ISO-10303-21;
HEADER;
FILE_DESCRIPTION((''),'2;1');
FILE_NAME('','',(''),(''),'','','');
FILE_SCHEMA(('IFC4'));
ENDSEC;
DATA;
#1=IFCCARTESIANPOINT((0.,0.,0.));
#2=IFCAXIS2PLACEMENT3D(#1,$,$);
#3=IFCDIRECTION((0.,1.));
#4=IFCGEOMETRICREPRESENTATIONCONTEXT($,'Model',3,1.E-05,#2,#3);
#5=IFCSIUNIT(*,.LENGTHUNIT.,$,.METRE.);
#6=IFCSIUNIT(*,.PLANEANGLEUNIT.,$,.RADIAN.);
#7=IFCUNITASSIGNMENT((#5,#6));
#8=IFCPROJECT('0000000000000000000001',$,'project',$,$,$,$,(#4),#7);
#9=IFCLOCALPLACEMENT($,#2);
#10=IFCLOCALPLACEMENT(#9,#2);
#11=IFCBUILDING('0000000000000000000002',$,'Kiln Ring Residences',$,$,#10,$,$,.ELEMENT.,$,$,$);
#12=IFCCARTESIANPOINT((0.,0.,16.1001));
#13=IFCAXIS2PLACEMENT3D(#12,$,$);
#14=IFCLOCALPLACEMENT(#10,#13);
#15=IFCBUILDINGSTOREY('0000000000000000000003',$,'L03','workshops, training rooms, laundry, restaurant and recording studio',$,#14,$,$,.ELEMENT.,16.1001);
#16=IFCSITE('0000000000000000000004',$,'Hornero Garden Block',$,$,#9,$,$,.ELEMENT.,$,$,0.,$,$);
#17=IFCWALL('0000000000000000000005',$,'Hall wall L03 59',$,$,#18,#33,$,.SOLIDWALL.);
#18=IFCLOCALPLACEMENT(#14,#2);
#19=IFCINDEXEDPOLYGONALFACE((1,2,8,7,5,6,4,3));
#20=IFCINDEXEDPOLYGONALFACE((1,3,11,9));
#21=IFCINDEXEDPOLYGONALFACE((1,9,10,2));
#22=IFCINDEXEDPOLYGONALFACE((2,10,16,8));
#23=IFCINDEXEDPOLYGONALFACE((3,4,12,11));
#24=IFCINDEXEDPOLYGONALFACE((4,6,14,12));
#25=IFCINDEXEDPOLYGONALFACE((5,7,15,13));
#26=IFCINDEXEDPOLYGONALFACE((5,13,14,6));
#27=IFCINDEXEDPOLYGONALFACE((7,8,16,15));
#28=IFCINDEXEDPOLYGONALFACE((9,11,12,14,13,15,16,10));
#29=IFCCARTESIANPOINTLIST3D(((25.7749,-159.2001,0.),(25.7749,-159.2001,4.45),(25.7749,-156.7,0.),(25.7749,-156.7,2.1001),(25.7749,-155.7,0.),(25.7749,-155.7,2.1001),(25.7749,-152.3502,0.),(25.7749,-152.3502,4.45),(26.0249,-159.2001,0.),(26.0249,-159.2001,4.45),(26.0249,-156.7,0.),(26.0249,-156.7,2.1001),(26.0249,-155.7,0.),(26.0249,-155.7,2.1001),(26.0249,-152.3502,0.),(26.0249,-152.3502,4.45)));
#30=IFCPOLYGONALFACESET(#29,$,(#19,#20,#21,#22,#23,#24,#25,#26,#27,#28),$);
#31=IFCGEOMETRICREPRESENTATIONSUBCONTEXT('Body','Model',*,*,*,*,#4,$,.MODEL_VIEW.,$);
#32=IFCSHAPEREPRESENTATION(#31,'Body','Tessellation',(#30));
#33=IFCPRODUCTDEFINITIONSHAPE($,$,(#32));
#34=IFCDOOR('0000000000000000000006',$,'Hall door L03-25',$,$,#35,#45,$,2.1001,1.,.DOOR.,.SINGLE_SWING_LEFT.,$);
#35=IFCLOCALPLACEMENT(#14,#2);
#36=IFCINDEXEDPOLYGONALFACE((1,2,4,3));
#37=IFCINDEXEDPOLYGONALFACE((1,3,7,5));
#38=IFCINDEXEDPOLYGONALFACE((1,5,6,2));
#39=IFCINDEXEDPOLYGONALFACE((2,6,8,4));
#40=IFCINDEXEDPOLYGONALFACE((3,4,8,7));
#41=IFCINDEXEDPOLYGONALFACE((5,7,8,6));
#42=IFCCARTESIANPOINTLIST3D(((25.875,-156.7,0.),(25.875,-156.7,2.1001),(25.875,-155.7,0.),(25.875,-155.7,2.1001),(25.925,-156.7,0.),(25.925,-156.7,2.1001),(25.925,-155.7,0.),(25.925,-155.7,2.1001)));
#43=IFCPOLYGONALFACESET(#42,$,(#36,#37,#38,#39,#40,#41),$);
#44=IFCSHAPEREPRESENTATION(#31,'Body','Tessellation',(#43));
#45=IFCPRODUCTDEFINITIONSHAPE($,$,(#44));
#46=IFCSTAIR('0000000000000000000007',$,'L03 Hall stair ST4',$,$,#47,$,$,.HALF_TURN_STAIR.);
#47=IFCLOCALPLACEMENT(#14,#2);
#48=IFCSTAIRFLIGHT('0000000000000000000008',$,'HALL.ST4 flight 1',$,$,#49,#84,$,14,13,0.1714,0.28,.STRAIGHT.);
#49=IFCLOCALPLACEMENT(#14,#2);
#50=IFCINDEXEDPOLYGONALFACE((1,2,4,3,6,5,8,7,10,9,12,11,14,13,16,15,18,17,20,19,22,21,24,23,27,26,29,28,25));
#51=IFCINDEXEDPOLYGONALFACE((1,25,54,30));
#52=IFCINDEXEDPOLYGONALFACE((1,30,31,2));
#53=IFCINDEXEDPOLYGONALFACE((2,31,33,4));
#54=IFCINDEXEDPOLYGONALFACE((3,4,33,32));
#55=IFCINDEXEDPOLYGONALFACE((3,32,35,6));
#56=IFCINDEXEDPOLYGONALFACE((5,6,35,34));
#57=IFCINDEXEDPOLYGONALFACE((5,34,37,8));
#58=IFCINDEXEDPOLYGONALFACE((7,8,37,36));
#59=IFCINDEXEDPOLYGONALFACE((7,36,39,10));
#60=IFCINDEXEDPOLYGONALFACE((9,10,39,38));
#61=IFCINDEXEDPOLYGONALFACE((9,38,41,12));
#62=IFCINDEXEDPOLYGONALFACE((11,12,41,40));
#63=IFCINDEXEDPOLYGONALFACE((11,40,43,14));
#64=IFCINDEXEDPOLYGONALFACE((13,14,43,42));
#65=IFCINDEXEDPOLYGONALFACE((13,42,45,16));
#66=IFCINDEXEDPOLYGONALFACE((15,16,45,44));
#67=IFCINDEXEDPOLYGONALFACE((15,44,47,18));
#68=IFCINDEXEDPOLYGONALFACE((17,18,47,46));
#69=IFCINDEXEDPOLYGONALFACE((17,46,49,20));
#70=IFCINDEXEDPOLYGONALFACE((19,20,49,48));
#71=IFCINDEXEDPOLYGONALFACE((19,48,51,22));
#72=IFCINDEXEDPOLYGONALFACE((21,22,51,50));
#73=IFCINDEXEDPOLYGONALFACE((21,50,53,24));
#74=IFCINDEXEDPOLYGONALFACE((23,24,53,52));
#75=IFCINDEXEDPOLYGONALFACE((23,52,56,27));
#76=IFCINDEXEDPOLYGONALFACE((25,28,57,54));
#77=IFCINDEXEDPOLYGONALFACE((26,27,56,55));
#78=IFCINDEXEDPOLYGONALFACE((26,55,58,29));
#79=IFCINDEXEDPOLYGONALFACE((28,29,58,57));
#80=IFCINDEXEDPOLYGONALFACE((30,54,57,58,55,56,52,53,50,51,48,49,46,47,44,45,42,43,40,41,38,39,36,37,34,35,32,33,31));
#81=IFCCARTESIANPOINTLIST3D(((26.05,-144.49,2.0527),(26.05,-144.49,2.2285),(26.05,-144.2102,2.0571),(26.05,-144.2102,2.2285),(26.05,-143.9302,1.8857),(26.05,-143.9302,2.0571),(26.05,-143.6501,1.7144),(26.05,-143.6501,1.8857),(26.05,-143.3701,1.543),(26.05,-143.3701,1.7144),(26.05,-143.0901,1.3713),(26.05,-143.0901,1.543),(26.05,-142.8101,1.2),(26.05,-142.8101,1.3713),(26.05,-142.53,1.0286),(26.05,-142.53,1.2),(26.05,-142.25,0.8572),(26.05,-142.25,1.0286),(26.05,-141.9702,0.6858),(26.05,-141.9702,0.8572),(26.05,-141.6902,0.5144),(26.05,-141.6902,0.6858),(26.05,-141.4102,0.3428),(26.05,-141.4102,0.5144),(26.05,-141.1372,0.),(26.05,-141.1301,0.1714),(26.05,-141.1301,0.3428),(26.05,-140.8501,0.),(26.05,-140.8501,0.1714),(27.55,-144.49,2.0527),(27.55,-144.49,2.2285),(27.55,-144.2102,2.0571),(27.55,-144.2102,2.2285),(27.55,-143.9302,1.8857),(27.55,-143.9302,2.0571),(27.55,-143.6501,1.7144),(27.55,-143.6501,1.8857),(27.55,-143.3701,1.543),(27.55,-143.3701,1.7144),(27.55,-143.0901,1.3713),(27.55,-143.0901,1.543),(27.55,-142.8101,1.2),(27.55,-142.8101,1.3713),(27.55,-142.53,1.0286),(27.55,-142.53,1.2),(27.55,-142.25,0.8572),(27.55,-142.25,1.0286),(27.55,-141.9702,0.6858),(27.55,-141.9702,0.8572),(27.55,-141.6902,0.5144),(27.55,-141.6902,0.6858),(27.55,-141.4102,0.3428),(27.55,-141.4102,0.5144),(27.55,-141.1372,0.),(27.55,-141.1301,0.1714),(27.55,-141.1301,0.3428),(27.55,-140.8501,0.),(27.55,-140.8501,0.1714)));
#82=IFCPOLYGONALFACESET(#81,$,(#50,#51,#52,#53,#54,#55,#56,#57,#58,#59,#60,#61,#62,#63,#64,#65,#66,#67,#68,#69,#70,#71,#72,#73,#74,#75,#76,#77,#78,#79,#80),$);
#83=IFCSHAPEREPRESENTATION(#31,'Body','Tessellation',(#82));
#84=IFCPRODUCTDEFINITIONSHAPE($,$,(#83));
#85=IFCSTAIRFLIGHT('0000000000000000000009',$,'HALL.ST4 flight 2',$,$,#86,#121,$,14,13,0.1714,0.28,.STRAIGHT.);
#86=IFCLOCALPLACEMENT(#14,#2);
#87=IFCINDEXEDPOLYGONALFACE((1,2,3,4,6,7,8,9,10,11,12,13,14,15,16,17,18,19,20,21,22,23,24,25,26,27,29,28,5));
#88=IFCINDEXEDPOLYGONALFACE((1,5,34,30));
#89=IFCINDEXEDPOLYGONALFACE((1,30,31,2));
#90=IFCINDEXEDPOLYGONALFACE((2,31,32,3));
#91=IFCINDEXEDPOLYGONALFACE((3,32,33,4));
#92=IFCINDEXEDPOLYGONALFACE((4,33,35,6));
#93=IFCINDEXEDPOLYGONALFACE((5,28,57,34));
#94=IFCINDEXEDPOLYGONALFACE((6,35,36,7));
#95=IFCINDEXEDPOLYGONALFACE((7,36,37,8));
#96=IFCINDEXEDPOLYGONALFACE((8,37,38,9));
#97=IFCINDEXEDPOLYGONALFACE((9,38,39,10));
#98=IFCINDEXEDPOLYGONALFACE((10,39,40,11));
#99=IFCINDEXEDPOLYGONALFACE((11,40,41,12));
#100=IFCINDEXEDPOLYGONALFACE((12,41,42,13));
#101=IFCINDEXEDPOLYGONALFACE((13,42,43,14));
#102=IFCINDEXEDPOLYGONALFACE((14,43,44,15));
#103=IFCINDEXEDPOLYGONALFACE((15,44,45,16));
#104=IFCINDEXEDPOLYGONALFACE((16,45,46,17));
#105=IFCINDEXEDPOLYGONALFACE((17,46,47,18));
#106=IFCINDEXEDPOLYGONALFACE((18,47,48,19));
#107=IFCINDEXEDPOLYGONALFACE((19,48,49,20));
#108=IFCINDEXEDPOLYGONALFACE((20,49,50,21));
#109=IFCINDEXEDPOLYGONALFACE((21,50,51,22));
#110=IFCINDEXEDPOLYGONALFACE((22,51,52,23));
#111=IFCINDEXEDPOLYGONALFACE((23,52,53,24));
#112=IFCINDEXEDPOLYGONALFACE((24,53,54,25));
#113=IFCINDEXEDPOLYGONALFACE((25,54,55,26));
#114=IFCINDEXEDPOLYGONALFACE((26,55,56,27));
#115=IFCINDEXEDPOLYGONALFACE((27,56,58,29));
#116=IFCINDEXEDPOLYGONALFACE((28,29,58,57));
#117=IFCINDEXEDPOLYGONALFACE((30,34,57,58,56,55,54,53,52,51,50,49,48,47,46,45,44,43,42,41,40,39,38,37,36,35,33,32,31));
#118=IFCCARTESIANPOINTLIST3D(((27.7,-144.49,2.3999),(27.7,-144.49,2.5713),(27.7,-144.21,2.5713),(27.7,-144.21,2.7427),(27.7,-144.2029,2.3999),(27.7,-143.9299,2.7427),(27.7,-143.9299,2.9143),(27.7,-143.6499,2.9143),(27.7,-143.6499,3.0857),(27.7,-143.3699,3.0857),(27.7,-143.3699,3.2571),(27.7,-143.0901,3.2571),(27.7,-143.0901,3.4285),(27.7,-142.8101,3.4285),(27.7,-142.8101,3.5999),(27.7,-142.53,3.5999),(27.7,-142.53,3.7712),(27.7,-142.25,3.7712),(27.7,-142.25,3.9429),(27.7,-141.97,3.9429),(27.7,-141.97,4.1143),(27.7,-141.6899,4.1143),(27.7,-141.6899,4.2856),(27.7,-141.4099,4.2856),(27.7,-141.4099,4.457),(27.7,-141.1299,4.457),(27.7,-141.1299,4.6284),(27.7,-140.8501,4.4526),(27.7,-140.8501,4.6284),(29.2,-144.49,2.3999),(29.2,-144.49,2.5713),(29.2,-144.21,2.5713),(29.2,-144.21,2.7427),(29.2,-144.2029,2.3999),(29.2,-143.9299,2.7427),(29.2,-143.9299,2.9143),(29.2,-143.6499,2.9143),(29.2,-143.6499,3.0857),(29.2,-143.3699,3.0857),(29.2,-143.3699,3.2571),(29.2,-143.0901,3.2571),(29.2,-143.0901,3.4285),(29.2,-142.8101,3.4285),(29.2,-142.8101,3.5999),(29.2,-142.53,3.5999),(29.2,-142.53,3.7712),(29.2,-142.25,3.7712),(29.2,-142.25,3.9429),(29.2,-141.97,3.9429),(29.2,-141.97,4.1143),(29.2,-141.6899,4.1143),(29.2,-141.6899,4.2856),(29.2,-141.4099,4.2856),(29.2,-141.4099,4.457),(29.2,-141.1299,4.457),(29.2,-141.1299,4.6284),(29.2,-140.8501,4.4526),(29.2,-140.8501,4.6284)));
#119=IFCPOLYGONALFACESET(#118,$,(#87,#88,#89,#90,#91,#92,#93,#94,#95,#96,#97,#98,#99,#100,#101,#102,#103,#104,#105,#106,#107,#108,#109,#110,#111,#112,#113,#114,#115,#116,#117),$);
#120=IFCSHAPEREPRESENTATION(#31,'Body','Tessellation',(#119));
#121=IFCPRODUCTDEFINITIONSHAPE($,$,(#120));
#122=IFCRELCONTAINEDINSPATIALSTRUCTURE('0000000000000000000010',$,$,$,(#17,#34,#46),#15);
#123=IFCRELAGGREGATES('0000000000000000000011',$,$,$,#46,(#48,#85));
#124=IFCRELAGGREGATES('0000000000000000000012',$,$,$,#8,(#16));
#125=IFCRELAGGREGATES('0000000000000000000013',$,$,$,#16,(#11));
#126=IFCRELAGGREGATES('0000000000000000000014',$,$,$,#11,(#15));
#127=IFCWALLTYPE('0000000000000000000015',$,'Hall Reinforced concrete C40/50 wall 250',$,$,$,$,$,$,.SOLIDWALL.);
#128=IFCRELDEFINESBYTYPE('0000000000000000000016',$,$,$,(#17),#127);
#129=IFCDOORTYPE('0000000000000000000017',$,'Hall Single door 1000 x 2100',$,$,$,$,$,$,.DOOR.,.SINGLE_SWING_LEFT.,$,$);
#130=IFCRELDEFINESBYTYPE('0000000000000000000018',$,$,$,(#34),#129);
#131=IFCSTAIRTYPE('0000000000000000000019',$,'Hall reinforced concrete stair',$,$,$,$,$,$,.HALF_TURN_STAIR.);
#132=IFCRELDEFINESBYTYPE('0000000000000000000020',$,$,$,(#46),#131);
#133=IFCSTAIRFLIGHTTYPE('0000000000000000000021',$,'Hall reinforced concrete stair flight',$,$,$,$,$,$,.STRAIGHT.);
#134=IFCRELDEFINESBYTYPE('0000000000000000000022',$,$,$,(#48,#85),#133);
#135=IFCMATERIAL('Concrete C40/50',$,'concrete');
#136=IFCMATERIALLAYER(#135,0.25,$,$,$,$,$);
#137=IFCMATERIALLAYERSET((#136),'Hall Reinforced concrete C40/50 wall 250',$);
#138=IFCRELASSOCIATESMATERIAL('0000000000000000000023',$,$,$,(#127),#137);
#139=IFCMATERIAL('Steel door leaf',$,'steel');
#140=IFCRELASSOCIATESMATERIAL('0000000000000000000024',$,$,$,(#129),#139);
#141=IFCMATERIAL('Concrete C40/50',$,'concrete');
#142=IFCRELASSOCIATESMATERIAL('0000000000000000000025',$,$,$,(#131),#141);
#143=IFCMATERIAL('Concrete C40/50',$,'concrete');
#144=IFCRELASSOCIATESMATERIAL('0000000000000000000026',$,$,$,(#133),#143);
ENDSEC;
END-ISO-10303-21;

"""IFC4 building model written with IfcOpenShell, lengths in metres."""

from ifc_helpers import new_model, si_unit, direction, frame, frame_2d, origin, place, context, subcontext, project, spatial, polyline, rectangle, outline, extrude, material, layer, layer_set, type_object, element, fill, aggregate, save


model = new_model("IFC4")

# Units and contexts
model_context = context("Model", 3, precision=1e-05, world=origin(), true_north=direction((0.0, 1.0)))
body_context = subcontext(model_context, "Body", "Model", "MODEL_VIEW")
ifc_project = project(units=[si_unit("LENGTHUNIT", "METRE"), si_unit("PLANEANGLEUNIT", "RADIAN")], contexts=[model_context])

# Site, building, storey
site_placement = place(None, origin())
site = spatial("IfcSite", under=ifc_project, at=site_placement, Name="Hornero Garden Block", CompositionType="ELEMENT", RefElevation=0.0)
building_placement = place(site_placement, origin())
building = spatial("IfcBuilding", under=site, at=building_placement, Name="Kiln Ring Residences", CompositionType="ELEMENT")
storey_placement = place(building_placement, frame((0.0, 0.0, 16.1001)))
storey = spatial("IfcBuildingStorey", under=building, at=storey_placement, Name="L03", Description="workshops, training rooms, laundry, restaurant and recording studio", CompositionType="ELEMENT", Elevation=16.1001)

# Wall, opening, door
ifc_material_1 = material(Name="Concrete C40/50", Category="concrete")
ifc_layer_1 = layer(ifc_material_1, 0.25)
ifc_layer_set_1 = layer_set([ifc_layer_1], Name="Hall Reinforced concrete C40/50 wall 250")
wall_type_1 = type_object("IfcWallType", Name="Hall Reinforced concrete C40/50 wall 250", PredefinedType="SOLIDWALL", material=ifc_layer_set_1)
wall_1_placement = place(storey_placement, frame((25.8999, -159.2, 0.0), z_axis=(0.0, 0.0, 1.0), x_axis=(0.0, 1.0, 0.0)))
wall_1 = element("IfcWall", 1, at=wall_1_placement, inside=storey, type_object=wall_type_1, Name="Hall wall L03 59", PredefinedType="SOLIDWALL", context=body_context, shape_type="SweptSolid", body=[
    extrude(rectangle(XDim=6.8499, YDim=0.25, at=frame_2d((3.4248, 0.0))), origin(), (0.0, 0.0, 1.0), 4.45),
])
opening_1_placement = place(wall_1_placement, frame((2.5, 0.0, 0.0)))
opening_1 = element("IfcOpeningElement", 2, at=opening_1_placement, cuts=wall_1, PredefinedType="OPENING", context=body_context, shape_type="SweptSolid", body=[
    extrude(rectangle(XDim=1.0, YDim=2.1001, at=frame_2d((0.5, 1.05))), frame((0.0, 0.135, 0.0), z_axis=(0.0, -1.0, 0.0), x_axis=(1.0, 0.0, 0.0)), (0.0, 0.0, 1.0), 0.27),
])
ifc_material_2 = material(Name="Steel door leaf", Category="steel")
door_type_1 = type_object("IfcDoorType", Name="Hall Single door 1000 x 2100", OperationType="SINGLE_SWING_LEFT", PredefinedType="DOOR", material=ifc_material_2)
door_1_placement = place(opening_1_placement, origin())
door_1 = element("IfcDoor", 3, at=door_1_placement, inside=storey, type_object=door_type_1, Name="Hall door L03-25", OperationType="SINGLE_SWING_LEFT", OverallHeight=2.1001, OverallWidth=1.0, PredefinedType="DOOR", context=body_context, shape_type="SweptSolid", body=[
    extrude(rectangle(XDim=1.0, YDim=2.1001, at=frame_2d((0.5, 1.05))), frame((0.0, 0.0249, 0.0), z_axis=(0.0, -1.0, 0.0), x_axis=(1.0, 0.0, 0.0)), (0.0, 0.0, 1.0), 0.05),
])
fill(opening_1, door_1)

# Stair, stair flights
ifc_material_3 = material(Name="Concrete C40/50", Category="concrete")
stair_type = type_object("IfcStairType", Name="Hall reinforced concrete stair", PredefinedType="HALF_TURN_STAIR", material=ifc_material_3)
stair_placement = place(storey_placement, origin())
stair = element("IfcStair", 4, at=stair_placement, inside=storey, type_object=stair_type, Name="L03 Hall stair ST4", PredefinedType="HALF_TURN_STAIR")
ifc_material_4 = material(Name="Concrete C40/50", Category="concrete")
stair_flight_type = type_object("IfcStairFlightType", Name="Hall reinforced concrete stair flight", PredefinedType="STRAIGHT", material=ifc_material_4)
stair_flight_1_placement = place(storey_placement, frame((26.8, -140.8501, 0.0), z_axis=(0.0, 0.0, 1.0), x_axis=(0.0, -1.0, 0.0)))
stair_flight_1 = element("IfcStairFlight", 5, at=stair_flight_1_placement, type_object=stair_flight_type, Name="HALL.ST4 flight 1", NumberOfRisers=14, NumberOfTreads=13, PredefinedType="STRAIGHT", RiserHeight=0.1714, TreadLength=0.28, context=body_context, shape_type="SweptSolid", body=[
    extrude(outline(polyline([(0.0, 0.0), (0.0, 0.1714), (0.28, 0.1714), (0.28, 0.3428), (0.5601, 0.3428), (0.5601, 0.5144), (0.8401, 0.5144), (0.8401, 0.6858), (1.1201, 0.6858), (1.1201, 0.8572), (1.3999, 0.8572), (1.3999, 1.0286), (1.6799, 1.0286), (1.6799, 1.2), (1.96, 1.2), (1.96, 1.3713), (2.24, 1.3713), (2.24, 1.543), (2.52, 1.543), (2.52, 1.7144), (2.8, 1.7144), (2.8, 1.8857), (3.0801, 1.8857), (3.0801, 2.0571), (3.3601, 2.0571), (3.3601, 2.2285), (3.6399, 2.2285), (3.6399, 2.3999), (3.6399, 2.0527), (0.2871, 0.0), (0.0, 0.0)])), frame((0.0, 0.75, 0.0), z_axis=(0.0, -1.0, 0.0), x_axis=(1.0, 0.0, 0.0)), (0.0, 0.0, 1.0), 1.5),
])
stair_flight_2_placement = place(storey_placement, frame((28.45, -144.49, 2.3999), z_axis=(0.0, 0.0, 1.0), x_axis=(0.0, 1.0, 0.0)))
stair_flight_2 = element("IfcStairFlight", 6, at=stair_flight_2_placement, type_object=stair_flight_type, Name="HALL.ST4 flight 2", NumberOfRisers=14, NumberOfTreads=13, PredefinedType="STRAIGHT", RiserHeight=0.1714, TreadLength=0.28, context=body_context, shape_type="SweptSolid", body=[
    extrude(outline(polyline([(0.0, 0.0), (0.0, 0.1714), (0.28, 0.1714), (0.28, 0.3428), (0.5601, 0.3428), (0.5601, 0.5144), (0.8401, 0.5144), (0.8401, 0.6858), (1.1201, 0.6858), (1.1201, 0.8572), (1.3999, 0.8572), (1.3999, 1.0286), (1.6799, 1.0286), (1.6799, 1.2), (1.96, 1.2), (1.96, 1.3713), (2.24, 1.3713), (2.24, 1.543), (2.52, 1.543), (2.52, 1.7144), (2.8, 1.7144), (2.8, 1.8857), (3.0801, 1.8857), (3.0801, 2.0571), (3.3601, 2.0571), (3.3601, 2.2285), (3.6399, 2.2285), (3.6399, 2.3999), (3.6399, 2.0527), (0.2871, 0.0), (0.0, 0.0)])), frame((0.0, 0.75, 0.0), z_axis=(0.0, -1.0, 0.0), x_axis=(1.0, 0.0, 0.0)), (0.0, 0.0, 1.0), 1.5),
])
aggregate(stair, [stair_flight_1, stair_flight_2])

save(model, "model.ifc")
